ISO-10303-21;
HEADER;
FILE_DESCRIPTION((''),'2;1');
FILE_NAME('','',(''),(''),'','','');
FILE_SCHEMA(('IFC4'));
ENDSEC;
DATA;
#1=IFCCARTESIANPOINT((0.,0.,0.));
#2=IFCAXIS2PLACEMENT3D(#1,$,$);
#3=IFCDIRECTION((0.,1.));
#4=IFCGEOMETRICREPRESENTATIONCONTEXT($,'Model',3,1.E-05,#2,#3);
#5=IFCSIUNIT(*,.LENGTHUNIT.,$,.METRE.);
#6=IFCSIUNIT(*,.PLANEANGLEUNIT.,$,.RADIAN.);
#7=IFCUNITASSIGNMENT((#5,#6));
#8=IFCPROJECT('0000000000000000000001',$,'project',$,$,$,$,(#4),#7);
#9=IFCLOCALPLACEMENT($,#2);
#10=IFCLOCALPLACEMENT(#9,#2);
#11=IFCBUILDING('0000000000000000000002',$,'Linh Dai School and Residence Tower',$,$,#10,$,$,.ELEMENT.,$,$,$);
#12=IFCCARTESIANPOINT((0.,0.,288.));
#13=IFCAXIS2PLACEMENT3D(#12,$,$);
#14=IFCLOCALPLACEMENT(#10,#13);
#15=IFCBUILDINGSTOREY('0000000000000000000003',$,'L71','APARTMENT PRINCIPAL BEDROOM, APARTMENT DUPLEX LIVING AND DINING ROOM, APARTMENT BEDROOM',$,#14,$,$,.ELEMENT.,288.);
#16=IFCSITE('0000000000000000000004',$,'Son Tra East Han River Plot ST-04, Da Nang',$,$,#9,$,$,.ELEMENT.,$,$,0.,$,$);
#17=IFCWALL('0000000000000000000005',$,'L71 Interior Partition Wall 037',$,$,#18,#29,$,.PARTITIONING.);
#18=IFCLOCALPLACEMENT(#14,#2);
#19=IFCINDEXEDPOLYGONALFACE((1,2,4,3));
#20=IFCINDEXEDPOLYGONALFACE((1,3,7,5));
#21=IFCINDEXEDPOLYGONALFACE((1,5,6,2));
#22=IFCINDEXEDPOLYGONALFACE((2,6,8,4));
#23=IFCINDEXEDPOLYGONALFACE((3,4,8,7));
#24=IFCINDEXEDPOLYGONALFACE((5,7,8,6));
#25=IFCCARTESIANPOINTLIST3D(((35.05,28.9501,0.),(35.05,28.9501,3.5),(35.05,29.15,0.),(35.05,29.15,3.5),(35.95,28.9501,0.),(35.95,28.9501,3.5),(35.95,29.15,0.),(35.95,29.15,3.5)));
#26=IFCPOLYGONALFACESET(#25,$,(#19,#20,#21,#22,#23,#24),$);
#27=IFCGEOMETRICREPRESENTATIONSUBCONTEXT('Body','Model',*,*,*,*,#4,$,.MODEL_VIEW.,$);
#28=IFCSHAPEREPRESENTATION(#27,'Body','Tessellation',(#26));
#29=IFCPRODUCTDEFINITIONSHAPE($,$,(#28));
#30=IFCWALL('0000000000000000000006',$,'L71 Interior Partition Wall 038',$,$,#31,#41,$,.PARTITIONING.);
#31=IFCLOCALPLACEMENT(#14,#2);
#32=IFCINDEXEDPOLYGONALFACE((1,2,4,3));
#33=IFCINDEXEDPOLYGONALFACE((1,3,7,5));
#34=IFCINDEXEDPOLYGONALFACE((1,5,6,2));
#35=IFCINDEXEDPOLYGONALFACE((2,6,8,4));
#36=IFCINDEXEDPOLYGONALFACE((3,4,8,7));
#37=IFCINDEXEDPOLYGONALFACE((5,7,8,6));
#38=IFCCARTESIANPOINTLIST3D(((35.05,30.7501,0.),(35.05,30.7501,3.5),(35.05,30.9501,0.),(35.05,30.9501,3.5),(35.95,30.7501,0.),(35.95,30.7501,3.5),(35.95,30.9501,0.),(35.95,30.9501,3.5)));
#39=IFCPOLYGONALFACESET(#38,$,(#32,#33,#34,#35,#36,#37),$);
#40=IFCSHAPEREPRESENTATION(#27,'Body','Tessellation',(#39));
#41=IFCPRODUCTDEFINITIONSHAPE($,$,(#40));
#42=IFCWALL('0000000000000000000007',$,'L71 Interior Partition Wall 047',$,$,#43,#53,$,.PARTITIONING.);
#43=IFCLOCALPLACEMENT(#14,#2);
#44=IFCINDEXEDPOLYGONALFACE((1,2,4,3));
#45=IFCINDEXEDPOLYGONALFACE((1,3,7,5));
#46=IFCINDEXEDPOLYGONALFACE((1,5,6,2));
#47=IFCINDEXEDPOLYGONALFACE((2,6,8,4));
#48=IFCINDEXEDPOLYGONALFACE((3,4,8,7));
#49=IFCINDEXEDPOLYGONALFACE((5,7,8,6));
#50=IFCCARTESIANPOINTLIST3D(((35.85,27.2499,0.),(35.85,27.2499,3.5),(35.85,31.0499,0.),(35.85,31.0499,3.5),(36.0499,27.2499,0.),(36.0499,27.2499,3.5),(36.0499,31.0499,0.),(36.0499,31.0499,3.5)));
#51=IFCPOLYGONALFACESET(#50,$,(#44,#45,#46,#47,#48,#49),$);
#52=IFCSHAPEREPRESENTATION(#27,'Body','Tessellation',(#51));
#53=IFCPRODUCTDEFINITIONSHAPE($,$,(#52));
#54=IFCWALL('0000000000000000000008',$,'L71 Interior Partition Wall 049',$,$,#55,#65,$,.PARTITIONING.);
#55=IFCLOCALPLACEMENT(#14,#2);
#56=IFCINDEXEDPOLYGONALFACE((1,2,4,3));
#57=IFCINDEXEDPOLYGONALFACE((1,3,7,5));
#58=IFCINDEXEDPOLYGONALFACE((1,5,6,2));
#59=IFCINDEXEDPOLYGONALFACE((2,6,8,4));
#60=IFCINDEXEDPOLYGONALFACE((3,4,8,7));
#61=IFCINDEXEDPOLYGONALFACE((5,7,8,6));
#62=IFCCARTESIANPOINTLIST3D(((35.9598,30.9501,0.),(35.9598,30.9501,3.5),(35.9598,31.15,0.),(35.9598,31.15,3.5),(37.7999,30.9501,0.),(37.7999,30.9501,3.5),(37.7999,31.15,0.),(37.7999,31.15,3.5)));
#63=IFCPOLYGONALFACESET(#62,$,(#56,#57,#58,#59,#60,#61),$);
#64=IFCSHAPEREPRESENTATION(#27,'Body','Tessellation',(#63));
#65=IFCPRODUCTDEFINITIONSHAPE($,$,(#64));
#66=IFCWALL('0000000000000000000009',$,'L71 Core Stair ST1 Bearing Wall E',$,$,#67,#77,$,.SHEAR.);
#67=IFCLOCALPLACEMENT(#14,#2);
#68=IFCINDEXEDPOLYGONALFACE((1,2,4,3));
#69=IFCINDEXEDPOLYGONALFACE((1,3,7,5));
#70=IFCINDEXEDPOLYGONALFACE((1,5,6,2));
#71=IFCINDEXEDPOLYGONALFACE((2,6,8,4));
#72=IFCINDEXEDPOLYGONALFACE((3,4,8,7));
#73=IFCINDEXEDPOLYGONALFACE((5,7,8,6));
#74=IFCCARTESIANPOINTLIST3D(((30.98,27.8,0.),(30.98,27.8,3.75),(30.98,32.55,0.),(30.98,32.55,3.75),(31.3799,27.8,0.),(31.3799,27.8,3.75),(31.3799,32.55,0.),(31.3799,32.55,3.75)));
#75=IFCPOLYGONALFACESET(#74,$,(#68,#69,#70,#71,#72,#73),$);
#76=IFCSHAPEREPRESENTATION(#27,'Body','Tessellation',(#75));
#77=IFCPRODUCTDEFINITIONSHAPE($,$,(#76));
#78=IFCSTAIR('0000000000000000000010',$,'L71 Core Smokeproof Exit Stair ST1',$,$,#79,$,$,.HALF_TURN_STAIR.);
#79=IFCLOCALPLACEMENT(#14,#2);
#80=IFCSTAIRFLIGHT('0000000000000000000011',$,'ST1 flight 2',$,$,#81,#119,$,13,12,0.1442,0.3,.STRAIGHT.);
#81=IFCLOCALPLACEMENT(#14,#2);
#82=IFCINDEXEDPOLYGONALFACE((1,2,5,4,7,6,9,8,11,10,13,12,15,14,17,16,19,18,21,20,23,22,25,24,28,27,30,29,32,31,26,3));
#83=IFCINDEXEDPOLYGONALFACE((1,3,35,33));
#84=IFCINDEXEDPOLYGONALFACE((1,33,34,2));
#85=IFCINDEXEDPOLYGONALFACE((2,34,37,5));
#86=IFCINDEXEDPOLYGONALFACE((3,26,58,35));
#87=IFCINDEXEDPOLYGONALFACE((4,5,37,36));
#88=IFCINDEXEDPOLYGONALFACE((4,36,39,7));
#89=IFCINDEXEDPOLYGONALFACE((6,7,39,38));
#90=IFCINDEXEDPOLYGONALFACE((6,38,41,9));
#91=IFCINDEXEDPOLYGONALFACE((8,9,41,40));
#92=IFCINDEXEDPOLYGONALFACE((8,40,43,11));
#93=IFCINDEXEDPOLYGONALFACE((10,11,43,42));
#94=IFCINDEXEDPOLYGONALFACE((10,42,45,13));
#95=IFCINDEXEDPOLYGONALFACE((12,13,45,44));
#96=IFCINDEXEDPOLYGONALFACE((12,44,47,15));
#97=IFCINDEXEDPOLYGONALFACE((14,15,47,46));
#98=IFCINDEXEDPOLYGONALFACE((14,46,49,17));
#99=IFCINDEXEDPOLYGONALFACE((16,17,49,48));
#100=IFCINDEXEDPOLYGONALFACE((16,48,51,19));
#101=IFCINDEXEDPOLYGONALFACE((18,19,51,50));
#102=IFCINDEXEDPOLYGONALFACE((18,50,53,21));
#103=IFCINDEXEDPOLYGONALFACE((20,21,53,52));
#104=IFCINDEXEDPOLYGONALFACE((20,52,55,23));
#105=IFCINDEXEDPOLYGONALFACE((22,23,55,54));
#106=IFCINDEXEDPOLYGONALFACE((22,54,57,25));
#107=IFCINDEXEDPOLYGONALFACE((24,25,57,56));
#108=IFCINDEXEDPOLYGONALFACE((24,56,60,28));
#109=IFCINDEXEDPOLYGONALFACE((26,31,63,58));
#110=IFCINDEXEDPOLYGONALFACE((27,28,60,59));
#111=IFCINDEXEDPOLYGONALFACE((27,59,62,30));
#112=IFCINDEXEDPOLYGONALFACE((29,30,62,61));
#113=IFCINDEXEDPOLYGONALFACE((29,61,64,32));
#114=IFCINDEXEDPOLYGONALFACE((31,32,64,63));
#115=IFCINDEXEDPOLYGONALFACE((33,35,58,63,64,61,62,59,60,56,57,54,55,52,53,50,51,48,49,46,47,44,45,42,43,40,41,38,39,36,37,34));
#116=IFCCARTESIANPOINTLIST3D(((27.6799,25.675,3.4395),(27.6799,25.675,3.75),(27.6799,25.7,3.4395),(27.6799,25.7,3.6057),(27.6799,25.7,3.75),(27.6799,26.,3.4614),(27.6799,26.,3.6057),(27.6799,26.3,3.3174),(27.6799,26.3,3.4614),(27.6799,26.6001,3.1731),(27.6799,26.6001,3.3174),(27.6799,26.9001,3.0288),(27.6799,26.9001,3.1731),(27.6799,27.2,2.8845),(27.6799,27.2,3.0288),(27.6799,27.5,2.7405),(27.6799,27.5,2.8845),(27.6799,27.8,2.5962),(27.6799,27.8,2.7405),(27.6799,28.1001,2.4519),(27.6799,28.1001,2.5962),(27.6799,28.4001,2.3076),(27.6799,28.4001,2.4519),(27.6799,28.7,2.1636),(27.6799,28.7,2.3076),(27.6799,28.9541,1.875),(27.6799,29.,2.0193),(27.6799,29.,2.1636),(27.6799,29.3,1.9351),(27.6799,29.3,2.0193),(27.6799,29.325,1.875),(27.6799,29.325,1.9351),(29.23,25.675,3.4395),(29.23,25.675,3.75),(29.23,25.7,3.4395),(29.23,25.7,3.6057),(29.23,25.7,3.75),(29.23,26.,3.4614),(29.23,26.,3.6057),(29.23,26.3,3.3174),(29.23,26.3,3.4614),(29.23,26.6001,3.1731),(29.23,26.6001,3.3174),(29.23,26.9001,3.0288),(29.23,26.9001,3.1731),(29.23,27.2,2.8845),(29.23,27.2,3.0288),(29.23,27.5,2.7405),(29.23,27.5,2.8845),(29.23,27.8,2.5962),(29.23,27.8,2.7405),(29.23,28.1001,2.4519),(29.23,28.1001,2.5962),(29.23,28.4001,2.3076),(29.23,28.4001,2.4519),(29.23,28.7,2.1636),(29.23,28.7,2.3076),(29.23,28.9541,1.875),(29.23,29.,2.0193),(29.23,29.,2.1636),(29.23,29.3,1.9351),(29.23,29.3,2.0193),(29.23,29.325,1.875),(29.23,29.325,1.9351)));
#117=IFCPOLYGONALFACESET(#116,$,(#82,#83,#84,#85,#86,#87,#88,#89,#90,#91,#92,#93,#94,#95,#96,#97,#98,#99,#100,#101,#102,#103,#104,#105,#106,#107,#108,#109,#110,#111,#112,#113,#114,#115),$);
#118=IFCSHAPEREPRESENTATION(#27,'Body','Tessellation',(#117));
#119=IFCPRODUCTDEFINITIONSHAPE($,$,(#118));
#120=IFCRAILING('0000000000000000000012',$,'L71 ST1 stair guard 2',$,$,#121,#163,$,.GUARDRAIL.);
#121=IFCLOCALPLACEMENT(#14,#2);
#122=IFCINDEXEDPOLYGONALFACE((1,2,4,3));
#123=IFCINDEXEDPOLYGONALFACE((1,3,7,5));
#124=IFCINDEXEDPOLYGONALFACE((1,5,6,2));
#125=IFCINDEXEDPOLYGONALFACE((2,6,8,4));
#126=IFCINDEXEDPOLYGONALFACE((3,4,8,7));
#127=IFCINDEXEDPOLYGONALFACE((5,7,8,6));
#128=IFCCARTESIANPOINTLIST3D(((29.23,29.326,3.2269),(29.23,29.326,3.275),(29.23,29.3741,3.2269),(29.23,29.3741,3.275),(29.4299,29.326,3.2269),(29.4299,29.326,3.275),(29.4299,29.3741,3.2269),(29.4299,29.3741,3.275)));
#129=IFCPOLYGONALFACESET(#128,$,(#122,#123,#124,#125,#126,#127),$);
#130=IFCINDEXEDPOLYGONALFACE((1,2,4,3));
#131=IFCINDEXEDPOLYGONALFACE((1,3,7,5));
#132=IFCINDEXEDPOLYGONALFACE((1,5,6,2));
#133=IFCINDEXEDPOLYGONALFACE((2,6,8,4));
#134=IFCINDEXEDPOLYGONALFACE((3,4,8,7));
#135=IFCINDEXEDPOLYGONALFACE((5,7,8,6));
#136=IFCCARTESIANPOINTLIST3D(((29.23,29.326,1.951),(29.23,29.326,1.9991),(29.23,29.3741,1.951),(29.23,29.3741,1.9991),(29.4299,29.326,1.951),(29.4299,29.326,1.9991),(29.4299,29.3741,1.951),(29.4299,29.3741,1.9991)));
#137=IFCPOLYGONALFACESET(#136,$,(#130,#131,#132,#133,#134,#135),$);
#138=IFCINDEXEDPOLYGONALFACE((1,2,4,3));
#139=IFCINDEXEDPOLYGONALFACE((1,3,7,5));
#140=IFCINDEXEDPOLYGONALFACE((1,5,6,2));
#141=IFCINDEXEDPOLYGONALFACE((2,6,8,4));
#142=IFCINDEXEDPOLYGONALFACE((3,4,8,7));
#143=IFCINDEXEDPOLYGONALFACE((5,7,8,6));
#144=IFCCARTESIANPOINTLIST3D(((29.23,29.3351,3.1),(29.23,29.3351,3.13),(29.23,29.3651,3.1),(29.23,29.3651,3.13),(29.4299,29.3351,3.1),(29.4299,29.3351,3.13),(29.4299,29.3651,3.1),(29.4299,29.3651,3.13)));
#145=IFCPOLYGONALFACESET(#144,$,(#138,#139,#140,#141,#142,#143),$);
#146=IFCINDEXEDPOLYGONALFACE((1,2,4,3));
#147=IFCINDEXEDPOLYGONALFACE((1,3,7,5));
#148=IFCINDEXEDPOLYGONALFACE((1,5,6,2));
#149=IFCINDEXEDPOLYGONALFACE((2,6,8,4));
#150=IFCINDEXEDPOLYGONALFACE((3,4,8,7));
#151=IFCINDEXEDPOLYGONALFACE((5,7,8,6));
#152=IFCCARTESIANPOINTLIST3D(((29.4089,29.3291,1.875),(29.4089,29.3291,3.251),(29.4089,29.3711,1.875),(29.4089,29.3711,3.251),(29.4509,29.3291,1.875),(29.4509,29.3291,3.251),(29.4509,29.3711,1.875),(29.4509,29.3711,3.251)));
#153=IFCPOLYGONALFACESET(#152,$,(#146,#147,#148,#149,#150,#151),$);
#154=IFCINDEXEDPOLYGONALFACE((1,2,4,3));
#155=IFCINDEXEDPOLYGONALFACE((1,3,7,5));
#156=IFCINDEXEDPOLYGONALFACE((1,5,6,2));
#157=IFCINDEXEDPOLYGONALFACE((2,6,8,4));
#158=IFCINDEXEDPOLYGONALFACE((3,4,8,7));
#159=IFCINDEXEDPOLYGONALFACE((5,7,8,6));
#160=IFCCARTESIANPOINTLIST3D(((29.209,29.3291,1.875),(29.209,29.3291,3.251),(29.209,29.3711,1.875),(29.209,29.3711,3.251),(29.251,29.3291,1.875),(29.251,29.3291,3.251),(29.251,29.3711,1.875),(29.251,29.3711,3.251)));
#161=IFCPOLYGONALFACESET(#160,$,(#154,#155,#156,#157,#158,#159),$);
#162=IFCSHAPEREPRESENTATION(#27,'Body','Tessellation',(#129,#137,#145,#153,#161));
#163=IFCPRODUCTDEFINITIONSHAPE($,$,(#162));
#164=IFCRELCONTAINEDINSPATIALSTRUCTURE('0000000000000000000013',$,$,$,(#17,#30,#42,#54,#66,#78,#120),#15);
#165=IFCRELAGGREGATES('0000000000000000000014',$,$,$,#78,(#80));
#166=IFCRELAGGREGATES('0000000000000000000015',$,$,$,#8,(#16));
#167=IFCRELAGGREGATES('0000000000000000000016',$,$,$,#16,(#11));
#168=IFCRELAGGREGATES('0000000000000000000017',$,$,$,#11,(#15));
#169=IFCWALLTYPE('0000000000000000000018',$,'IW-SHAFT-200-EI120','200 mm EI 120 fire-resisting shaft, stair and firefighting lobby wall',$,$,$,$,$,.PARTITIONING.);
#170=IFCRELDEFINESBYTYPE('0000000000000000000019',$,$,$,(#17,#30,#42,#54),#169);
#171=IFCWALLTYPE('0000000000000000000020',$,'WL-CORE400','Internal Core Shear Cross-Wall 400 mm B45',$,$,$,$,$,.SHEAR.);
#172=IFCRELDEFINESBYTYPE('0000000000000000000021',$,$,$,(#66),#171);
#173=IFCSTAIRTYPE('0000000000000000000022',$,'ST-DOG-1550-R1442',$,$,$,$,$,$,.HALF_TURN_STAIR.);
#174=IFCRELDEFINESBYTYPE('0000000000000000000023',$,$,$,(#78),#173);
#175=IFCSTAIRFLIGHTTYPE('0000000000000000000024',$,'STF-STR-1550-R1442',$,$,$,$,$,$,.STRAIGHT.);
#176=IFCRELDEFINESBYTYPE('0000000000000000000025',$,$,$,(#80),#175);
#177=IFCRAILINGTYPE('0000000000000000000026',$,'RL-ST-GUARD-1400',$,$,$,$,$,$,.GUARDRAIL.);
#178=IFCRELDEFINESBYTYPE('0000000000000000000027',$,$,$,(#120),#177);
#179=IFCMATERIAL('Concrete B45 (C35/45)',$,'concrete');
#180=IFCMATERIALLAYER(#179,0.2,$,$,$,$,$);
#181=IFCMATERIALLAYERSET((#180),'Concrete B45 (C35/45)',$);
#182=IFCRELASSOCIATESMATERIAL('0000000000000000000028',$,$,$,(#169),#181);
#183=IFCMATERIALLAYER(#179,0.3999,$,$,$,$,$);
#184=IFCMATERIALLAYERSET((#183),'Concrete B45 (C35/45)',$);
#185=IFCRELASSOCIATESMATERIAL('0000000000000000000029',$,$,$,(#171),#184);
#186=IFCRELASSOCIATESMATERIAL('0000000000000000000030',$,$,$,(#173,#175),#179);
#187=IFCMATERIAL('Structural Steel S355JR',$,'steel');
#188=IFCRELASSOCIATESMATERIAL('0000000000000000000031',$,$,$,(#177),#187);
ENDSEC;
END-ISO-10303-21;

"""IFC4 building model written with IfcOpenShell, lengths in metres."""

from ifc_helpers import new_model, si_unit, direction, frame, frame_2d, origin, origin_2d, place, context, subcontext, project, spatial, polyline, rectangle, outline, extrude, source, transform, mapped, material, layer, layer_set, type_object, element, aggregate, save


model = new_model("IFC4")

# Units and contexts
model_context = context("Model", 3, precision=1e-05, world=origin(), true_north=direction((0.0, 1.0)))
body_context = subcontext(model_context, "Body", "Model", "MODEL_VIEW")
ifc_project = project(units=[si_unit("LENGTHUNIT", "METRE"), si_unit("PLANEANGLEUNIT", "RADIAN")], contexts=[model_context])

# Site, building, storey
site_placement = place(None, origin())
site = spatial("IfcSite", under=ifc_project, at=site_placement, Name="Son Tra East Han River Plot ST-04, Da Nang", CompositionType="ELEMENT", RefElevation=0.0)
building_placement = place(site_placement, origin())
building = spatial("IfcBuilding", under=site, at=building_placement, Name="Linh Dai School and Residence Tower", CompositionType="ELEMENT")
storey_placement = place(building_placement, frame((0.0, 0.0, 288.0)))
storey = spatial("IfcBuildingStorey", under=building, at=storey_placement, Name="L71", Description="APARTMENT PRINCIPAL BEDROOM, APARTMENT DUPLEX LIVING AND DINING ROOM, APARTMENT BEDROOM", CompositionType="ELEMENT", Elevation=288.0)

# Shared definitions
ifc_material_1 = material(Name="Structural Steel S355JR", Category="steel")

# Shared definitions
ifc_material_2 = material(Name="Concrete B45 (C35/45)", Category="concrete")
ifc_layer_1 = layer(ifc_material_2, 0.2)
ifc_layer_set_1 = layer_set([ifc_layer_1], Name="Concrete B45 (C35/45)")
wall_type_1 = type_object("IfcWallType", Name="IW-SHAFT-200-EI120", Description="200 mm EI 120 fire-resisting shaft, stair and firefighting lobby wall", PredefinedType="PARTITIONING", material=ifc_layer_set_1)

# Walls
for number, where, z_axis, x_axis, name in (
    (1, (35.05, 29.05, 0.0), (0.0, 0.0, 1.0), (1.0, 0.0, 0.0), "L71 Interior Partition Wall 037"),
    (2, (35.05, 30.8501, 0.0), (0.0, 0.0, 1.0), (1.0, 0.0, 0.0), "L71 Interior Partition Wall 038"),
):
    element("IfcWall", number, at=place(storey_placement, frame(where, z_axis=z_axis, x_axis=x_axis)), inside=storey, type_object=wall_type_1, Name=name, PredefinedType="PARTITIONING", context=body_context, shape_type="SweptSolid", body=[
        extrude(rectangle(XDim=0.8999, YDim=0.2, at=frame_2d((0.45, 0.0))), origin(), (0.0, 0.0, 1.0), 3.5),
    ])
wall_1_placement = place(storey_placement, frame((35.95, 27.25, 0.0), z_axis=(0.0, 0.0, 1.0), x_axis=(0.0, 1.0, 0.0)))
element("IfcWall", 3, at=wall_1_placement, inside=storey, type_object=wall_type_1, Name="L71 Interior Partition Wall 047", PredefinedType="PARTITIONING", context=body_context, shape_type="SweptSolid", body=[
    extrude(rectangle(XDim=3.8, YDim=0.2, at=frame_2d((1.8999, 0.0))), origin(), (0.0, 0.0, 1.0), 3.5),
])

# Walls
wall_2_placement = place(storey_placement, frame((35.96, 31.05, 0.0), z_axis=(0.0, 0.0, 1.0), x_axis=(1.0, 0.0, 0.0)))
element("IfcWall", 4, at=wall_2_placement, inside=storey, type_object=wall_type_1, Name="L71 Interior Partition Wall 049", PredefinedType="PARTITIONING", context=body_context, shape_type="SweptSolid", body=[
    extrude(rectangle(XDim=1.8401, YDim=0.2, at=frame_2d((0.9199, 0.0))), origin(), (0.0, 0.0, 1.0), 3.5),
])
ifc_layer_2 = layer(ifc_material_2, 0.3999)
ifc_layer_set_2 = layer_set([ifc_layer_2], Name="Concrete B45 (C35/45)")
wall_type_2 = type_object("IfcWallType", Name="WL-CORE400", Description="Internal Core Shear Cross-Wall 400 mm B45", PredefinedType="SHEAR", material=ifc_layer_set_2)
wall_3_placement = place(storey_placement, frame((31.1799, 27.8, 0.0), z_axis=(0.0, 0.0, 1.0), x_axis=(0.0, 1.0, 0.0)))
element("IfcWall", 5, at=wall_3_placement, inside=storey, type_object=wall_type_2, Name="L71 Core Stair ST1 Bearing Wall E", PredefinedType="SHEAR", context=body_context, shape_type="SweptSolid", body=[
    extrude(rectangle(XDim=4.75, YDim=0.3999, at=frame_2d((2.375, 0.0))), origin(), (0.0, 0.0, 1.0), 3.75),
])

# Stair, stair flight
stair_type = type_object("IfcStairType", Name="ST-DOG-1550-R1442", PredefinedType="HALF_TURN_STAIR", material=ifc_material_2)
stair_placement = place(storey_placement, origin())
stair = element("IfcStair", 6, at=stair_placement, inside=storey, type_object=stair_type, Name="L71 Core Smokeproof Exit Stair ST1", PredefinedType="HALF_TURN_STAIR")
stair_flight_type = type_object("IfcStairFlightType", Name="STF-STR-1550-R1442", PredefinedType="STRAIGHT", material=ifc_material_2)
shared_shape_1 = source(origin(), body_context, "Body", "SweptSolid", [
    extrude(outline(polyline([(-0.0249, 0.0), (-0.0249, 0.0601), (0.0, 0.0601), (0.0, 0.1443), (0.3, 0.1443), (0.3, 0.2886), (0.6001, 0.2886), (0.6001, 0.4326), (0.8999, 0.4326), (0.8999, 0.5769), (1.2, 0.5769), (1.2, 0.7212), (1.5, 0.7212), (1.5, 0.8655), (1.8, 0.8655), (1.8, 1.0095), (2.1001, 1.0095), (2.1001, 1.1538), (2.3999, 1.1538), (2.3999, 1.2981), (2.7, 1.2981), (2.7, 1.4424), (3.0, 1.4424), (3.0, 1.5864), (3.3, 1.5864), (3.3, 1.7307), (3.6001, 1.7307), (3.6001, 1.875), (3.625, 1.875), (3.625, 1.5645), (3.6001, 1.5645), (0.3459, 0.0), (-0.0249, 0.0)])), frame((0.0, 0.7749, 0.0), z_axis=(0.0, -1.0, 0.0), x_axis=(1.0, 0.0, 0.0)), (0.0, 0.0, 1.0), 1.55),
])
stair_flight_placement = place(storey_placement, frame((28.4551, 29.3, 1.875), z_axis=(0.0, 0.0, 1.0), x_axis=(0.0, -1.0, 0.0)))
stair_flight = element("IfcStairFlight", 7, at=stair_flight_placement, type_object=stair_flight_type, Name="ST1 flight 2", NumberOfRisers=13, NumberOfTreads=12, PredefinedType="STRAIGHT", RiserHeight=0.1442, TreadLength=0.3, context=body_context, shape_type="MappedRepresentation", body=[
    mapped(shared_shape_1, transform((0.0, 0.0, 0.0), x_axis=(1.0, 0.0, 0.0), y_axis=(0.0, 1.0, 0.0), z_axis=(0.0, 0.0, 1.0), scale=1.0)),
])
aggregate(stair, [stair_flight])

# Railing
railing_type_1 = type_object("IfcRailingType", Name="RL-ST-GUARD-1400", PredefinedType="GUARDRAIL", material=ifc_material_1)
shared_shape_2 = source(origin(), body_context, "Body", "SweptSolid", [
    extrude(rectangle(XDim=0.0481, YDim=0.0481, at=origin_2d()), frame((0.0, 0.0, 1.376), z_axis=(-1.0, 0.0, 0.0), x_axis=(0.0, -1.0, 0.0)), (0.0, 0.0, 1.0), 0.2),
    extrude(rectangle(XDim=0.0481, YDim=0.0481, at=origin_2d()), frame((0.0, 0.0, 0.1001), z_axis=(-1.0, 0.0, 0.0), x_axis=(0.0, -1.0, 0.0)), (0.0, 0.0, 1.0), 0.2),
    extrude(rectangle(XDim=0.03, YDim=0.03, at=origin_2d()), frame((0.0, 0.0, 1.24), z_axis=(-1.0, 0.0, 0.0), x_axis=(0.0, -1.0, 0.0)), (0.0, 0.0, 1.0), 0.2),
    extrude(rectangle(XDim=0.042, YDim=0.042, at=origin_2d()), origin(), (0.0, 0.0, 1.0), 1.376),
    extrude(rectangle(XDim=0.042, YDim=0.042, at=origin_2d()), frame((-0.2, 0.0, 0.0)), (0.0, 0.0, 1.0), 1.376),
])
railing_1_placement = place(storey_placement, frame((29.4299, 29.3501, 1.875)))
element("IfcRailing", 8, at=railing_1_placement, inside=storey, type_object=railing_type_1, Name="L71 ST1 stair guard 2", PredefinedType="GUARDRAIL", context=body_context, shape_type="MappedRepresentation", body=[
    mapped(shared_shape_2, transform((0.0, 0.0, 0.0), x_axis=(1.0, 0.0, 0.0), y_axis=(0.0, 1.0, 0.0), z_axis=(0.0, 0.0, 1.0), scale=1.0)),
])

save(model, "model.ifc")
